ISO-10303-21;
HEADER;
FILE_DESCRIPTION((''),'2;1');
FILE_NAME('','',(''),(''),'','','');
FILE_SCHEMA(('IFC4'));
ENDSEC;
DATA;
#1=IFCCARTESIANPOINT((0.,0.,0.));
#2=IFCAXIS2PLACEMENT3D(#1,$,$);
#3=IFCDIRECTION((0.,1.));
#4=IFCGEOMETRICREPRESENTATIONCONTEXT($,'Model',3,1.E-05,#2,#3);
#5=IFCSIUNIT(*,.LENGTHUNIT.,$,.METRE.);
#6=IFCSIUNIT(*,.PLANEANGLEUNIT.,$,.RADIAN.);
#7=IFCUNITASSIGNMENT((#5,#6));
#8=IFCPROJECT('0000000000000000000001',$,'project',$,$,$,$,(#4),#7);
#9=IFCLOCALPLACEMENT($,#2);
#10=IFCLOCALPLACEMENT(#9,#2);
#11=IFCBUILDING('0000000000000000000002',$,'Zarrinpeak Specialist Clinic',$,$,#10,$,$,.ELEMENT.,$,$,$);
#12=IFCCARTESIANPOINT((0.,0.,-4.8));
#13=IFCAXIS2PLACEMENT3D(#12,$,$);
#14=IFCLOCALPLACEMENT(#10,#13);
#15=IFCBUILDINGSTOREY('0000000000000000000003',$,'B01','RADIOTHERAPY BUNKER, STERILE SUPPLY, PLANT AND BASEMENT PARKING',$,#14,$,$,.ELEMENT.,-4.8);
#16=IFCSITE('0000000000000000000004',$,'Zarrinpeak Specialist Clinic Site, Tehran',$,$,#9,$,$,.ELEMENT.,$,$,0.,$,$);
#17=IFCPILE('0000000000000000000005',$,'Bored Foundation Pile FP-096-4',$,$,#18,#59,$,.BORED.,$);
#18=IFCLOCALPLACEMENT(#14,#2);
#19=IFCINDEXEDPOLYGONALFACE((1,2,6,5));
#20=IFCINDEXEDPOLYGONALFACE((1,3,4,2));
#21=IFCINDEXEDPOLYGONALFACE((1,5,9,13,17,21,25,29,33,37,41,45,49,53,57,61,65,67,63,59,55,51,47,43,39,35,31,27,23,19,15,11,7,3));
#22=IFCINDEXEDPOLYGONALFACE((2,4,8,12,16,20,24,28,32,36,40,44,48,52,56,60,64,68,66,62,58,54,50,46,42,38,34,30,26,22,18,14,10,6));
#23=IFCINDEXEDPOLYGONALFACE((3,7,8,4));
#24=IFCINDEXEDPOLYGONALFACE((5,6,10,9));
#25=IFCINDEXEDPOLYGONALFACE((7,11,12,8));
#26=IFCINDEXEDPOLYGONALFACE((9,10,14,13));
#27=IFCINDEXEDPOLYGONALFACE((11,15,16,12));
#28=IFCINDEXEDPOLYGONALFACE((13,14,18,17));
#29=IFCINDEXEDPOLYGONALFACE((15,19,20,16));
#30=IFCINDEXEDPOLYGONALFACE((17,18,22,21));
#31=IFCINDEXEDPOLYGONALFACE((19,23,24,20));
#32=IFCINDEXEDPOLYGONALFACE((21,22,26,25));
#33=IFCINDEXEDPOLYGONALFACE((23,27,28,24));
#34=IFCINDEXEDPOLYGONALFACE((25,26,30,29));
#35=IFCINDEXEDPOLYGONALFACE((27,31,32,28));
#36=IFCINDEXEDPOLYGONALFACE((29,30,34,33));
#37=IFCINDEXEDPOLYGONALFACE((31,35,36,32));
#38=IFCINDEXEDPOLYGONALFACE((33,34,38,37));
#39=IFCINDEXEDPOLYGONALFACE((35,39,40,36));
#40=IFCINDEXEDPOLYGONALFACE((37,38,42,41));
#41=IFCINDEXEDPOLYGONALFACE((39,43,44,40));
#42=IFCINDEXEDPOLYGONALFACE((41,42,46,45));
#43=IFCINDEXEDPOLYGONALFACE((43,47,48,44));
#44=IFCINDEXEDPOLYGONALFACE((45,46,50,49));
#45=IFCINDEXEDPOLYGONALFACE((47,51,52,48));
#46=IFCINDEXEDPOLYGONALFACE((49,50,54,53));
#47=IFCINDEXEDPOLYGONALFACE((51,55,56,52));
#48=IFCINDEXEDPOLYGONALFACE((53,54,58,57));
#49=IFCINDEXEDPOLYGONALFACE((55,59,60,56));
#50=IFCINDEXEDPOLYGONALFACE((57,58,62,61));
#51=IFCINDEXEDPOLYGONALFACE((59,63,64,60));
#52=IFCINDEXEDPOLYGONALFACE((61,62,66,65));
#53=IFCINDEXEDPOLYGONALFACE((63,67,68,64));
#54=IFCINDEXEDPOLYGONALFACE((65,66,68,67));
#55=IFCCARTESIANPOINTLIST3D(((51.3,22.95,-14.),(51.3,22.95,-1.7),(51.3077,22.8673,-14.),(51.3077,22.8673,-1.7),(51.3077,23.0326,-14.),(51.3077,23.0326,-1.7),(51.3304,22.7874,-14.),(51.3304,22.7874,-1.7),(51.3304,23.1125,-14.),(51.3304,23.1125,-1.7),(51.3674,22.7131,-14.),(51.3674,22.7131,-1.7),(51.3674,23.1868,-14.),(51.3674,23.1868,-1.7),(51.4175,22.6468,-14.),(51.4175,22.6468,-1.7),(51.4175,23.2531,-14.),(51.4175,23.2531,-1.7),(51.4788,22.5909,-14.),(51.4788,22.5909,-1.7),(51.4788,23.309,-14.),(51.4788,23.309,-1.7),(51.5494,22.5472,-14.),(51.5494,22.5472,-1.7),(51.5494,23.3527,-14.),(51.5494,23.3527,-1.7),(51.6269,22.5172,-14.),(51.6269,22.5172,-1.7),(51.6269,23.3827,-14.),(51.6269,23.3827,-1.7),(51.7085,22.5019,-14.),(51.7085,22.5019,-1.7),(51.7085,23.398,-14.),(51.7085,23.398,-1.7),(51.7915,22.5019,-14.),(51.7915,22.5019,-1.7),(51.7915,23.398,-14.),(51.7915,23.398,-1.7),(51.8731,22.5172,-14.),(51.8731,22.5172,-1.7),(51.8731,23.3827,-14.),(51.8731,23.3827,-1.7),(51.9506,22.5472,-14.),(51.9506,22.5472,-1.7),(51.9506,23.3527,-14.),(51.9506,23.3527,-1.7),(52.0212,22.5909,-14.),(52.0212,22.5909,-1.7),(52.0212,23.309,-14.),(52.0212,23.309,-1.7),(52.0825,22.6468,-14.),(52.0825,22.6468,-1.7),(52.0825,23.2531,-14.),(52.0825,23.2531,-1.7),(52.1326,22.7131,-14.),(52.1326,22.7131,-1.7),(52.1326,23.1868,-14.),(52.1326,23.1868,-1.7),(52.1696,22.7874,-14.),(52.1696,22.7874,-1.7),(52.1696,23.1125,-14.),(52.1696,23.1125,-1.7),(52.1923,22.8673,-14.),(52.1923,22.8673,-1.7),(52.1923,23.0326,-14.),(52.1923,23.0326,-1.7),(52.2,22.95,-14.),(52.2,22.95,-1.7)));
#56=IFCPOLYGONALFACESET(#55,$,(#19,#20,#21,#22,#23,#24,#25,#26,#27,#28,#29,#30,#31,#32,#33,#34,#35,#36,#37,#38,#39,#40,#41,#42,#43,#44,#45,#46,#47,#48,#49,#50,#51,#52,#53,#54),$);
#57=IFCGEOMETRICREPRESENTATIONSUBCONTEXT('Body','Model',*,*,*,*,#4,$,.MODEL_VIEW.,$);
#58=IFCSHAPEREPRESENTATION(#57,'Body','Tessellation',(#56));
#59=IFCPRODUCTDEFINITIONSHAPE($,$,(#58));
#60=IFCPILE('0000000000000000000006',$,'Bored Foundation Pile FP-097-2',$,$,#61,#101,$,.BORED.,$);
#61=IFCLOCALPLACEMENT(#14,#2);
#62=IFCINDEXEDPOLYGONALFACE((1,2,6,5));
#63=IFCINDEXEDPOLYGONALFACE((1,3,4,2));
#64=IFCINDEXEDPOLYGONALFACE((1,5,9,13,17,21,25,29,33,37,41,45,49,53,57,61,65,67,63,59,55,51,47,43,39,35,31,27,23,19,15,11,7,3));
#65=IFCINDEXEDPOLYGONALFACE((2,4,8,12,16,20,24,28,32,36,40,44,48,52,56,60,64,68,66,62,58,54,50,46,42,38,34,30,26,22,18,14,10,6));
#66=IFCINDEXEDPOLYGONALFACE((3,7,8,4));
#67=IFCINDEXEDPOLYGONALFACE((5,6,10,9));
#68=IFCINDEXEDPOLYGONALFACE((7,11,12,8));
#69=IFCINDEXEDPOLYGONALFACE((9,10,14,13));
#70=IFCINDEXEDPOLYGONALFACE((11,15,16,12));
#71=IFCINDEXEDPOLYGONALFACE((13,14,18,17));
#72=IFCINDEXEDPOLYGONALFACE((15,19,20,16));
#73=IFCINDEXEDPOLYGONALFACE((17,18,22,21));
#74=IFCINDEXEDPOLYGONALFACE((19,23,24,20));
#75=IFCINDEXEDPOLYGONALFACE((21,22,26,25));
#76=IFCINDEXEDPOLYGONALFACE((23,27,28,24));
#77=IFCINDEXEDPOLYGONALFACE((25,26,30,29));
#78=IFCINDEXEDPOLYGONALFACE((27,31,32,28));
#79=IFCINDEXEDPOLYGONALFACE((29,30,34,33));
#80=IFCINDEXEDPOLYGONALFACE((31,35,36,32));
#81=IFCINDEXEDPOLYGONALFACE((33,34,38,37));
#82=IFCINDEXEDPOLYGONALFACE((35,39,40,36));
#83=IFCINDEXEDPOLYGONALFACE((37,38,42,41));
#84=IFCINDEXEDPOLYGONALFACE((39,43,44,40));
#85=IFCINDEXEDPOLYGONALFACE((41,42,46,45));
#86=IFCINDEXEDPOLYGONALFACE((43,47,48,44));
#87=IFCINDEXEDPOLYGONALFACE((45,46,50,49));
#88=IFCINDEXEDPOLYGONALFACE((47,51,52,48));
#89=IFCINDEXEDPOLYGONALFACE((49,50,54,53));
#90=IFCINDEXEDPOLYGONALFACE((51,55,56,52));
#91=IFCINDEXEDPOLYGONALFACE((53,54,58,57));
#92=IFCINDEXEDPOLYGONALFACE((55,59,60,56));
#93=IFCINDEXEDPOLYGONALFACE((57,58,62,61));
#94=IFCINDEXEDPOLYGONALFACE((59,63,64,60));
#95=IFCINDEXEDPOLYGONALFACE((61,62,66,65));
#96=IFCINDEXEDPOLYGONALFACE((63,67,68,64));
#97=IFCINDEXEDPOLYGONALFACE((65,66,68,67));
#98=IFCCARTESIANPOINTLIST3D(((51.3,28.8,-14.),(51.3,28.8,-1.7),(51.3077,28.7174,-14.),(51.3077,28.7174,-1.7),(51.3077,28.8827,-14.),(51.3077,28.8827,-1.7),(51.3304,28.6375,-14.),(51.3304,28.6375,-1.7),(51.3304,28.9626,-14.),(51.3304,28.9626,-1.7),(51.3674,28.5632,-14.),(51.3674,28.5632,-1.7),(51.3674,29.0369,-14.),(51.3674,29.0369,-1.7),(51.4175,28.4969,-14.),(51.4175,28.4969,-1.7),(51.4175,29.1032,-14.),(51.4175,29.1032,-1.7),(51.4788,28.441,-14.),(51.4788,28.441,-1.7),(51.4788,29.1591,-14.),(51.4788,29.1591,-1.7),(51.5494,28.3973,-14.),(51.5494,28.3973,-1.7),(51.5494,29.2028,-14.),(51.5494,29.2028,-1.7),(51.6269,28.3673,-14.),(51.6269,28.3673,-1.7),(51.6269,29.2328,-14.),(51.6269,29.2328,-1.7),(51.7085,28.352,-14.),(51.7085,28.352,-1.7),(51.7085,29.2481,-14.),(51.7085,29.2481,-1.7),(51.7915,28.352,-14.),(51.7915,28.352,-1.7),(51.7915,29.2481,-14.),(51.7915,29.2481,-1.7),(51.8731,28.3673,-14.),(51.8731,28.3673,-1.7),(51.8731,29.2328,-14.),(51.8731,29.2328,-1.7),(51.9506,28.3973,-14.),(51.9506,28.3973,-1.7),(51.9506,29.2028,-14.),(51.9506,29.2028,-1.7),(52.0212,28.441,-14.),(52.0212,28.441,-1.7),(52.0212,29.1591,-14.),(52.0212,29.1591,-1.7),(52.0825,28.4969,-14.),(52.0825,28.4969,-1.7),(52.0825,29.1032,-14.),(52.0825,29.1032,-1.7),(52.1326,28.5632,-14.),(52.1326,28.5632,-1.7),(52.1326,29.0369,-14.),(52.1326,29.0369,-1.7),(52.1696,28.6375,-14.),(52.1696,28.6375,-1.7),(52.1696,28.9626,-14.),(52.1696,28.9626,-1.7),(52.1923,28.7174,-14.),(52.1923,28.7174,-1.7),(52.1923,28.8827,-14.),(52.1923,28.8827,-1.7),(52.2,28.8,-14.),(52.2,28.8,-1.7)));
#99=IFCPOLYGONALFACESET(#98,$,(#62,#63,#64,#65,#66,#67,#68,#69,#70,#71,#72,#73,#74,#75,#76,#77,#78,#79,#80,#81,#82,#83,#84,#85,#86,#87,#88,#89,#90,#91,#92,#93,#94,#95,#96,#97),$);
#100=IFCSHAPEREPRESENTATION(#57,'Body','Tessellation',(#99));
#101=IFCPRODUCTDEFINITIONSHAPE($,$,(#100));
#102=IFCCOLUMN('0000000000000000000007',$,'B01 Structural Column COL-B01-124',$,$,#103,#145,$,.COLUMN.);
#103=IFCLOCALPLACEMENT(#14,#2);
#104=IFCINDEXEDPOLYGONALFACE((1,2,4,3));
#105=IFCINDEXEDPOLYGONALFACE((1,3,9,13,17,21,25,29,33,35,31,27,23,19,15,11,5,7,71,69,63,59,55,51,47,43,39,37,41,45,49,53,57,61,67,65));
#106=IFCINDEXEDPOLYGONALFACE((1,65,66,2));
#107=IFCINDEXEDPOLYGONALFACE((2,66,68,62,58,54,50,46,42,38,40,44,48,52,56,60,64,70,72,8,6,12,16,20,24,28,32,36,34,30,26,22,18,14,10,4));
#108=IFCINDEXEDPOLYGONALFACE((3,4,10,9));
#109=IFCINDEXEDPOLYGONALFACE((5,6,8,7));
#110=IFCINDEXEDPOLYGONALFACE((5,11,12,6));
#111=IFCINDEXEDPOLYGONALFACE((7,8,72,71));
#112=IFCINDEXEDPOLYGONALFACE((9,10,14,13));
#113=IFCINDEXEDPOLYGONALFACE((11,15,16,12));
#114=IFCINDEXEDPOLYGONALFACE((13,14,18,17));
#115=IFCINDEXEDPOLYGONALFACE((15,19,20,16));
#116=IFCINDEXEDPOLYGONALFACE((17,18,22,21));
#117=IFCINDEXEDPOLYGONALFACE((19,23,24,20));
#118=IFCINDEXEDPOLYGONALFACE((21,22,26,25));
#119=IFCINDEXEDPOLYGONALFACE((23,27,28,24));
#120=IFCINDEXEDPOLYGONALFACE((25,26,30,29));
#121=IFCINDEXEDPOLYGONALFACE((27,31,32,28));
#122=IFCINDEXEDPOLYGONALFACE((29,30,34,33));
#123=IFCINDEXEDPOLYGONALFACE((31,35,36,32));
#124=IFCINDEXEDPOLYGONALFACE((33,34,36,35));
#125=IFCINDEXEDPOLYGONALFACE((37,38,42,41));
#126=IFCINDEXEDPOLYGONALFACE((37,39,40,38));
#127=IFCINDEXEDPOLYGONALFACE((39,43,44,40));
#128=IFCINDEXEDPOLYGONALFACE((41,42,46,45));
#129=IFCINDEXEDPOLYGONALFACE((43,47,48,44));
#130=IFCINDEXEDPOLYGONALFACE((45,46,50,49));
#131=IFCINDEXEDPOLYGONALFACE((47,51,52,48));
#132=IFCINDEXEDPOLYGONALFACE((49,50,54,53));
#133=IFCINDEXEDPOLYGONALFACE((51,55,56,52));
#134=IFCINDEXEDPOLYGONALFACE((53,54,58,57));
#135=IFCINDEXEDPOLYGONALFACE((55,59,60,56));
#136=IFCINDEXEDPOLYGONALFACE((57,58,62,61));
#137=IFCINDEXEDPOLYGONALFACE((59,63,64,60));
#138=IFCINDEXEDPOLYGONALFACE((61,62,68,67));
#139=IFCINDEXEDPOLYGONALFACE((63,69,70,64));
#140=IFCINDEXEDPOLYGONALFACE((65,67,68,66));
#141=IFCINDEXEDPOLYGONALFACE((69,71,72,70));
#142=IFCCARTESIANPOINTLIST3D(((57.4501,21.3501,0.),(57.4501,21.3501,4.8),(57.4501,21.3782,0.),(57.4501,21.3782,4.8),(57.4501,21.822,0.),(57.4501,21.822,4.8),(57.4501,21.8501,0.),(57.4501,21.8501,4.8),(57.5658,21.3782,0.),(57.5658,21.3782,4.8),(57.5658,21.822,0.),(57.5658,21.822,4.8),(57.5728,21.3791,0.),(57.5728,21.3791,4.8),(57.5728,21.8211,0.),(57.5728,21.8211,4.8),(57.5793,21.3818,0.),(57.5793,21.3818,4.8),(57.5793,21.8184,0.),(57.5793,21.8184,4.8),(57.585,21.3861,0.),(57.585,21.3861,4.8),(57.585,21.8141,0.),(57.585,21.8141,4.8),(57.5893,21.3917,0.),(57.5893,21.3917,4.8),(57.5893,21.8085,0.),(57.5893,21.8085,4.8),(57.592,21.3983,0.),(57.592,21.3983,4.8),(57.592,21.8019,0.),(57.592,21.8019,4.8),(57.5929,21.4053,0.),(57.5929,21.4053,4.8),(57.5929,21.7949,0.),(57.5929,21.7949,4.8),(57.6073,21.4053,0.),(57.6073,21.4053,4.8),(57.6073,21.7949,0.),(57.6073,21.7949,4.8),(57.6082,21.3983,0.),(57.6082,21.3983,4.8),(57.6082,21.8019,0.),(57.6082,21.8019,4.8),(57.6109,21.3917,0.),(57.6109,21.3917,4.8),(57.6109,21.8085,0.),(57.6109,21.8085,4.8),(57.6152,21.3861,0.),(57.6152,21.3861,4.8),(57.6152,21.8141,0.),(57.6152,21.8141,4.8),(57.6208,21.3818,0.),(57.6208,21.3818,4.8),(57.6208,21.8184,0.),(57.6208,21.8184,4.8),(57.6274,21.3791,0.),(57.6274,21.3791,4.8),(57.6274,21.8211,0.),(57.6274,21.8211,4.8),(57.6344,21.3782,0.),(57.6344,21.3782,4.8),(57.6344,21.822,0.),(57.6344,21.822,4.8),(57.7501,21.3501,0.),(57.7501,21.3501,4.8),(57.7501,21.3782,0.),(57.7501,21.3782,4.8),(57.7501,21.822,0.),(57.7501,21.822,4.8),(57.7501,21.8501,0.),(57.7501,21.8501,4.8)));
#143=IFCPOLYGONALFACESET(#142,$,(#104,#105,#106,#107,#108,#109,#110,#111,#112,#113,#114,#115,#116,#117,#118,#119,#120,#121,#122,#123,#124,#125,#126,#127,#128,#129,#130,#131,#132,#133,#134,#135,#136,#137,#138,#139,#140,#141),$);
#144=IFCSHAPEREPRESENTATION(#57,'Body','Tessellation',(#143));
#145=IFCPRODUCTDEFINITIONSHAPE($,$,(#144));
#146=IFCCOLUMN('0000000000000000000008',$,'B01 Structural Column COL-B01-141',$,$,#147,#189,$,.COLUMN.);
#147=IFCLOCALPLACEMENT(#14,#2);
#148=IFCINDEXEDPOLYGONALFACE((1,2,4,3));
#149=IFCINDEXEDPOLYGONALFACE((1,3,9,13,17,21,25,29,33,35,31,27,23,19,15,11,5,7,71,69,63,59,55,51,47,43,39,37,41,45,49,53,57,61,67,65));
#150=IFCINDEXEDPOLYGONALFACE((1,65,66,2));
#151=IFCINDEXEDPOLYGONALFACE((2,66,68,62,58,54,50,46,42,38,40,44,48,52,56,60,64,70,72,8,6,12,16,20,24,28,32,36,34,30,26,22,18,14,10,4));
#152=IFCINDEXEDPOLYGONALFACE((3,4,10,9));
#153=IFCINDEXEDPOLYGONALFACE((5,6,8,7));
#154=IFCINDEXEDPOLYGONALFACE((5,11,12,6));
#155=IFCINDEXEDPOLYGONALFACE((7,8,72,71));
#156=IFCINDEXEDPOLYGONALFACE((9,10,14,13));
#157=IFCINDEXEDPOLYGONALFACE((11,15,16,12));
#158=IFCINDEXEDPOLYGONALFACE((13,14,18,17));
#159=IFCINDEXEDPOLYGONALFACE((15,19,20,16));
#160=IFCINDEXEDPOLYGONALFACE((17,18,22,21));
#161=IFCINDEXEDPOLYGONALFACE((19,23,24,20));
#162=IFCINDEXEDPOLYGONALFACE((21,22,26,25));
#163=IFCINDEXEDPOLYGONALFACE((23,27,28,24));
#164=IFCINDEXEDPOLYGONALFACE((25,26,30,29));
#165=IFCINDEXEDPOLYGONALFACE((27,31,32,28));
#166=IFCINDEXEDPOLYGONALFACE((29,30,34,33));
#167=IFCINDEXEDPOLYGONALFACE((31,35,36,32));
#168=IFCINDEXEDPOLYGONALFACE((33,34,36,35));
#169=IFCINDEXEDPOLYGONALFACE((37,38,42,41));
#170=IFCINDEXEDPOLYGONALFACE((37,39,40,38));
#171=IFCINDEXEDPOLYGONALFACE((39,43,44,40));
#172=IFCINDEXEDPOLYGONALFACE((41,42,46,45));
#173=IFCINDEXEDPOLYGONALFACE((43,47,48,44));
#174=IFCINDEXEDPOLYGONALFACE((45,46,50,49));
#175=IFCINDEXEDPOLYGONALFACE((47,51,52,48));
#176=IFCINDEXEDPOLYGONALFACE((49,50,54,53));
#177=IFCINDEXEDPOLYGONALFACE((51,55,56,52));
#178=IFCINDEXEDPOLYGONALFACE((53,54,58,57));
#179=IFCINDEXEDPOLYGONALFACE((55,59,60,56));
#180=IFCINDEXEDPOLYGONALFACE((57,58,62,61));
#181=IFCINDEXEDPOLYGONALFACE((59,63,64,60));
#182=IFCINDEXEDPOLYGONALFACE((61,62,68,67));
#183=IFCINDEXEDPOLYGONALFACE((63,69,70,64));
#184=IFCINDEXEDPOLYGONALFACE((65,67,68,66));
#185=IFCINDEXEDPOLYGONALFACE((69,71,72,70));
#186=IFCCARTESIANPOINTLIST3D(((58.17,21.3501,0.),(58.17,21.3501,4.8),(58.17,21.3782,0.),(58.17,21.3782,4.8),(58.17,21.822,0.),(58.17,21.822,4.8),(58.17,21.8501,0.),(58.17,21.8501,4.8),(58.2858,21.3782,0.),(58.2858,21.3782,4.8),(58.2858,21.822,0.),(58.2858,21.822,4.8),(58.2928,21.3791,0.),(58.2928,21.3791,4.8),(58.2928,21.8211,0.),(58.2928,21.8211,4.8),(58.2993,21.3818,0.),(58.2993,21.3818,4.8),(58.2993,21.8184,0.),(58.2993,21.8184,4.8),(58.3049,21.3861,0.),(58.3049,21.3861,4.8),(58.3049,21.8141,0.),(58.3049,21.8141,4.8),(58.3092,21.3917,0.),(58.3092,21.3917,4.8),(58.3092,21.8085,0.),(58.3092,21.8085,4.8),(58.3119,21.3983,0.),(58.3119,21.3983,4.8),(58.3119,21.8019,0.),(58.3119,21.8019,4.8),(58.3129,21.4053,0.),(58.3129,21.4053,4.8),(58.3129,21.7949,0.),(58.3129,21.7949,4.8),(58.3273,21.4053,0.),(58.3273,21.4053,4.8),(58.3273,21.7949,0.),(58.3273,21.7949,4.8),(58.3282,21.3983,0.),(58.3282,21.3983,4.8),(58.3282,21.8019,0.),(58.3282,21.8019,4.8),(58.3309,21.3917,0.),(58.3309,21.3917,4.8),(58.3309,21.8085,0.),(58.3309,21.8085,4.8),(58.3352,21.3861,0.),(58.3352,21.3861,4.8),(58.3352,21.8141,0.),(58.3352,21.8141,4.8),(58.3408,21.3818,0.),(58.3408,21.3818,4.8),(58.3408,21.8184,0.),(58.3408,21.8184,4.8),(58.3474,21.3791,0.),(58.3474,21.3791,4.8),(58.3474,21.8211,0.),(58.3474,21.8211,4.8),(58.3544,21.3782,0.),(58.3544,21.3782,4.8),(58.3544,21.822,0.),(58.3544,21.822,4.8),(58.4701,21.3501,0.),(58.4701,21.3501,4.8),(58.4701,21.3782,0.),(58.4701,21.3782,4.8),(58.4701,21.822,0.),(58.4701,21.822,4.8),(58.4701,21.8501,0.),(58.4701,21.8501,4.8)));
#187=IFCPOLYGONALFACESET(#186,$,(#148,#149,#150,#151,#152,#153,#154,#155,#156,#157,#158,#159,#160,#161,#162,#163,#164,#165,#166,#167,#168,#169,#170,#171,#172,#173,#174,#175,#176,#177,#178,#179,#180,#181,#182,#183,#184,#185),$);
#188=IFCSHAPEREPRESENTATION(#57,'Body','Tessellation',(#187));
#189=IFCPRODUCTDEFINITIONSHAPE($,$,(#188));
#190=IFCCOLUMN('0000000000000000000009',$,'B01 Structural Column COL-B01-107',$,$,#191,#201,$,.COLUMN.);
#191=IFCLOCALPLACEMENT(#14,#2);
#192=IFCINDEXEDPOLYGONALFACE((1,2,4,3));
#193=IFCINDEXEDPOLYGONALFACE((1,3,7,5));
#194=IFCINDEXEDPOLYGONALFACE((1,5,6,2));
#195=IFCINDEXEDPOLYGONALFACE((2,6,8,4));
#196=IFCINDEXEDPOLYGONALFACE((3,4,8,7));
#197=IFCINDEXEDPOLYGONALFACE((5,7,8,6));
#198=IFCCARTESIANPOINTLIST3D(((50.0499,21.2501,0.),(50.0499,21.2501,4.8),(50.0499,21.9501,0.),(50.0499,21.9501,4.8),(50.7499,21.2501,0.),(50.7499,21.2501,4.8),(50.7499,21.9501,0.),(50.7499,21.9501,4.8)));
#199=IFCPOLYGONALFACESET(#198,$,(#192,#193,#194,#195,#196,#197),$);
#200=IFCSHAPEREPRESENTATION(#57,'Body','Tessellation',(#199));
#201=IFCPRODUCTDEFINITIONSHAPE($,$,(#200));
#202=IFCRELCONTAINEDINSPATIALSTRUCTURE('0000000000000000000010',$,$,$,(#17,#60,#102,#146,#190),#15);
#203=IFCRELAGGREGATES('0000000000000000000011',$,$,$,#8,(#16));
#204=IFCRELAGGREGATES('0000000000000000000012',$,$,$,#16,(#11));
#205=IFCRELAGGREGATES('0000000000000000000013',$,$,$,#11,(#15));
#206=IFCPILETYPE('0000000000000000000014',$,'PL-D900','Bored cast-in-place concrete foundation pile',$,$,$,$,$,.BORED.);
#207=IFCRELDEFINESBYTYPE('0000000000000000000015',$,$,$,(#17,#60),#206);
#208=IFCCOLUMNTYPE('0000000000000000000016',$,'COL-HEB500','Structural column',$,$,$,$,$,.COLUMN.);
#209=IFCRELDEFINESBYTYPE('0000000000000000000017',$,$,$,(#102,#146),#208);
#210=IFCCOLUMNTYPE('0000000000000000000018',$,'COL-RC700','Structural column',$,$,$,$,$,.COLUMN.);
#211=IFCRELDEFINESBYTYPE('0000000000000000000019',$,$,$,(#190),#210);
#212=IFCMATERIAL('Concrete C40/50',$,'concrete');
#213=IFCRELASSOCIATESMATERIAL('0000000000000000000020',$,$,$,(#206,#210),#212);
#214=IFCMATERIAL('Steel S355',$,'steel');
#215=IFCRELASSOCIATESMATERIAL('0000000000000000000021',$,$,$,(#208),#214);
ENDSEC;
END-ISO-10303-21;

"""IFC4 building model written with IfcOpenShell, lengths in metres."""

from ifc_helpers import new_model, si_unit, direction, frame, origin, origin_2d, place, context, subcontext, project, spatial, rectangle, circle, i_section, extrude, material, material_profile, profile_set, type_object, element, save


model = new_model("IFC4")

# Units and contexts
model_context = context("Model", 3, precision=1e-05, world=origin(), true_north=direction((0.0, 1.0)))
body_context = subcontext(model_context, "Body", "Model", "MODEL_VIEW")
ifc_project = project(units=[si_unit("LENGTHUNIT", "METRE"), si_unit("PLANEANGLEUNIT", "RADIAN")], contexts=[model_context])

# Site, building, storey
site_placement = place(None, origin())
site = spatial("IfcSite", under=ifc_project, at=site_placement, Name="Zarrinpeak Specialist Clinic Site, Tehran", CompositionType="ELEMENT", RefElevation=0.0)
building_placement = place(site_placement, origin())
building = spatial("IfcBuilding", under=site, at=building_placement, Name="Zarrinpeak Specialist Clinic", CompositionType="ELEMENT")
storey_placement = place(building_placement, frame((0.0, 0.0, -4.8)))
storey = spatial("IfcBuildingStorey", under=building, at=storey_placement, Name="B01", Description="RADIOTHERAPY BUNKER, STERILE SUPPLY, PLANT AND BASEMENT PARKING", CompositionType="ELEMENT", Elevation=-4.8)

# Shared definitions
ifc_material_1 = material(Name="Concrete C40/50", Category="concrete")

# Piles
ifc_material_profile_1 = material_profile(ifc_material_1, circle(Radius=0.45, at=origin_2d()), Name="BORED PILE D900")
ifc_profile_set_1 = profile_set([ifc_material_profile_1], Name="Concrete C40/50")
pile_type_1 = type_object("IfcPileType", Name="PL-D900", Description="Bored cast-in-place concrete foundation pile", PredefinedType="BORED", material=ifc_profile_set_1)
for number, where, z_axis, x_axis, name in (
    (1, (51.75, 22.95, -1.7), (0.0, 0.0, -1.0), (1.0, 0.0, 0.0), "Bored Foundation Pile FP-096-4"),
    (2, (51.75, 28.8, -1.7), (0.0, 0.0, -1.0), (1.0, 0.0, 0.0), "Bored Foundation Pile FP-097-2"),
):
    element("IfcPile", number, at=place(storey_placement, frame(where, z_axis=z_axis, x_axis=x_axis)), inside=storey, type_object=pile_type_1, Name=name, PredefinedType="BORED", context=body_context, shape_type="SweptSolid", body=[
        extrude(circle(Radius=0.45, at=origin_2d()), origin(), (0.0, 0.0, 1.0), 12.3),
    ])

# Columns
ifc_material_2 = material(Name="Steel S355", Category="steel")
ifc_material_profile_2 = material_profile(ifc_material_2, i_section(OverallWidth=0.3, OverallDepth=0.5, WebThickness=0.0144, FlangeThickness=0.0281, FilletRadius=0.0271, at=origin_2d()), Name="HEB 500")
ifc_profile_set_2 = profile_set([ifc_material_profile_2], Name="Steel S355")
column_type_1 = type_object("IfcColumnType", Name="COL-HEB500", Description="Structural column", PredefinedType="COLUMN", material=ifc_profile_set_2)
for number, where, z_axis, x_axis, name in (
    (3, (57.6001, 21.6001, 0.0), (0.0, 0.0, 1.0), (1.0, 0.0, 0.0), "B01 Structural Column COL-B01-124"),
    (4, (58.3201, 21.6001, 0.0), (0.0, 0.0, 1.0), (1.0, 0.0, 0.0), "B01 Structural Column COL-B01-141"),
):
    element("IfcColumn", number, at=place(storey_placement, frame(where, z_axis=z_axis, x_axis=x_axis)), inside=storey, type_object=column_type_1, Name=name, PredefinedType="COLUMN", context=body_context, shape_type="SweptSolid", body=[
        extrude(i_section(OverallWidth=0.3, OverallDepth=0.5, WebThickness=0.0144, FlangeThickness=0.0281, FilletRadius=0.0271, at=origin_2d()), origin(), (0.0, 0.0, 1.0), 4.8),
    ])
ifc_material_profile_3 = material_profile(ifc_material_1, rectangle(XDim=0.7, YDim=0.7, at=origin_2d()), Name="RC 700x700")
ifc_profile_set_3 = profile_set([ifc_material_profile_3], Name="Concrete C40/50")
column_type_2 = type_object("IfcColumnType", Name="COL-RC700", Description="Structural column", PredefinedType="COLUMN", material=ifc_profile_set_3)
for number, where, z_axis, x_axis, name in (
    (5, (50.3999, 21.6001, 0.0), (0.0, 0.0, 1.0), (1.0, 0.0, 0.0), "B01 Structural Column COL-B01-107"),
):
    element("IfcColumn", number, at=place(storey_placement, frame(where, z_axis=z_axis, x_axis=x_axis)), inside=storey, type_object=column_type_2, Name=name, PredefinedType="COLUMN", context=body_context, shape_type="SweptSolid", body=[
        extrude(rectangle(XDim=0.7, YDim=0.7, at=origin_2d()), origin(), (0.0, 0.0, 1.0), 4.8),
    ])

save(model, "model.ifc")
